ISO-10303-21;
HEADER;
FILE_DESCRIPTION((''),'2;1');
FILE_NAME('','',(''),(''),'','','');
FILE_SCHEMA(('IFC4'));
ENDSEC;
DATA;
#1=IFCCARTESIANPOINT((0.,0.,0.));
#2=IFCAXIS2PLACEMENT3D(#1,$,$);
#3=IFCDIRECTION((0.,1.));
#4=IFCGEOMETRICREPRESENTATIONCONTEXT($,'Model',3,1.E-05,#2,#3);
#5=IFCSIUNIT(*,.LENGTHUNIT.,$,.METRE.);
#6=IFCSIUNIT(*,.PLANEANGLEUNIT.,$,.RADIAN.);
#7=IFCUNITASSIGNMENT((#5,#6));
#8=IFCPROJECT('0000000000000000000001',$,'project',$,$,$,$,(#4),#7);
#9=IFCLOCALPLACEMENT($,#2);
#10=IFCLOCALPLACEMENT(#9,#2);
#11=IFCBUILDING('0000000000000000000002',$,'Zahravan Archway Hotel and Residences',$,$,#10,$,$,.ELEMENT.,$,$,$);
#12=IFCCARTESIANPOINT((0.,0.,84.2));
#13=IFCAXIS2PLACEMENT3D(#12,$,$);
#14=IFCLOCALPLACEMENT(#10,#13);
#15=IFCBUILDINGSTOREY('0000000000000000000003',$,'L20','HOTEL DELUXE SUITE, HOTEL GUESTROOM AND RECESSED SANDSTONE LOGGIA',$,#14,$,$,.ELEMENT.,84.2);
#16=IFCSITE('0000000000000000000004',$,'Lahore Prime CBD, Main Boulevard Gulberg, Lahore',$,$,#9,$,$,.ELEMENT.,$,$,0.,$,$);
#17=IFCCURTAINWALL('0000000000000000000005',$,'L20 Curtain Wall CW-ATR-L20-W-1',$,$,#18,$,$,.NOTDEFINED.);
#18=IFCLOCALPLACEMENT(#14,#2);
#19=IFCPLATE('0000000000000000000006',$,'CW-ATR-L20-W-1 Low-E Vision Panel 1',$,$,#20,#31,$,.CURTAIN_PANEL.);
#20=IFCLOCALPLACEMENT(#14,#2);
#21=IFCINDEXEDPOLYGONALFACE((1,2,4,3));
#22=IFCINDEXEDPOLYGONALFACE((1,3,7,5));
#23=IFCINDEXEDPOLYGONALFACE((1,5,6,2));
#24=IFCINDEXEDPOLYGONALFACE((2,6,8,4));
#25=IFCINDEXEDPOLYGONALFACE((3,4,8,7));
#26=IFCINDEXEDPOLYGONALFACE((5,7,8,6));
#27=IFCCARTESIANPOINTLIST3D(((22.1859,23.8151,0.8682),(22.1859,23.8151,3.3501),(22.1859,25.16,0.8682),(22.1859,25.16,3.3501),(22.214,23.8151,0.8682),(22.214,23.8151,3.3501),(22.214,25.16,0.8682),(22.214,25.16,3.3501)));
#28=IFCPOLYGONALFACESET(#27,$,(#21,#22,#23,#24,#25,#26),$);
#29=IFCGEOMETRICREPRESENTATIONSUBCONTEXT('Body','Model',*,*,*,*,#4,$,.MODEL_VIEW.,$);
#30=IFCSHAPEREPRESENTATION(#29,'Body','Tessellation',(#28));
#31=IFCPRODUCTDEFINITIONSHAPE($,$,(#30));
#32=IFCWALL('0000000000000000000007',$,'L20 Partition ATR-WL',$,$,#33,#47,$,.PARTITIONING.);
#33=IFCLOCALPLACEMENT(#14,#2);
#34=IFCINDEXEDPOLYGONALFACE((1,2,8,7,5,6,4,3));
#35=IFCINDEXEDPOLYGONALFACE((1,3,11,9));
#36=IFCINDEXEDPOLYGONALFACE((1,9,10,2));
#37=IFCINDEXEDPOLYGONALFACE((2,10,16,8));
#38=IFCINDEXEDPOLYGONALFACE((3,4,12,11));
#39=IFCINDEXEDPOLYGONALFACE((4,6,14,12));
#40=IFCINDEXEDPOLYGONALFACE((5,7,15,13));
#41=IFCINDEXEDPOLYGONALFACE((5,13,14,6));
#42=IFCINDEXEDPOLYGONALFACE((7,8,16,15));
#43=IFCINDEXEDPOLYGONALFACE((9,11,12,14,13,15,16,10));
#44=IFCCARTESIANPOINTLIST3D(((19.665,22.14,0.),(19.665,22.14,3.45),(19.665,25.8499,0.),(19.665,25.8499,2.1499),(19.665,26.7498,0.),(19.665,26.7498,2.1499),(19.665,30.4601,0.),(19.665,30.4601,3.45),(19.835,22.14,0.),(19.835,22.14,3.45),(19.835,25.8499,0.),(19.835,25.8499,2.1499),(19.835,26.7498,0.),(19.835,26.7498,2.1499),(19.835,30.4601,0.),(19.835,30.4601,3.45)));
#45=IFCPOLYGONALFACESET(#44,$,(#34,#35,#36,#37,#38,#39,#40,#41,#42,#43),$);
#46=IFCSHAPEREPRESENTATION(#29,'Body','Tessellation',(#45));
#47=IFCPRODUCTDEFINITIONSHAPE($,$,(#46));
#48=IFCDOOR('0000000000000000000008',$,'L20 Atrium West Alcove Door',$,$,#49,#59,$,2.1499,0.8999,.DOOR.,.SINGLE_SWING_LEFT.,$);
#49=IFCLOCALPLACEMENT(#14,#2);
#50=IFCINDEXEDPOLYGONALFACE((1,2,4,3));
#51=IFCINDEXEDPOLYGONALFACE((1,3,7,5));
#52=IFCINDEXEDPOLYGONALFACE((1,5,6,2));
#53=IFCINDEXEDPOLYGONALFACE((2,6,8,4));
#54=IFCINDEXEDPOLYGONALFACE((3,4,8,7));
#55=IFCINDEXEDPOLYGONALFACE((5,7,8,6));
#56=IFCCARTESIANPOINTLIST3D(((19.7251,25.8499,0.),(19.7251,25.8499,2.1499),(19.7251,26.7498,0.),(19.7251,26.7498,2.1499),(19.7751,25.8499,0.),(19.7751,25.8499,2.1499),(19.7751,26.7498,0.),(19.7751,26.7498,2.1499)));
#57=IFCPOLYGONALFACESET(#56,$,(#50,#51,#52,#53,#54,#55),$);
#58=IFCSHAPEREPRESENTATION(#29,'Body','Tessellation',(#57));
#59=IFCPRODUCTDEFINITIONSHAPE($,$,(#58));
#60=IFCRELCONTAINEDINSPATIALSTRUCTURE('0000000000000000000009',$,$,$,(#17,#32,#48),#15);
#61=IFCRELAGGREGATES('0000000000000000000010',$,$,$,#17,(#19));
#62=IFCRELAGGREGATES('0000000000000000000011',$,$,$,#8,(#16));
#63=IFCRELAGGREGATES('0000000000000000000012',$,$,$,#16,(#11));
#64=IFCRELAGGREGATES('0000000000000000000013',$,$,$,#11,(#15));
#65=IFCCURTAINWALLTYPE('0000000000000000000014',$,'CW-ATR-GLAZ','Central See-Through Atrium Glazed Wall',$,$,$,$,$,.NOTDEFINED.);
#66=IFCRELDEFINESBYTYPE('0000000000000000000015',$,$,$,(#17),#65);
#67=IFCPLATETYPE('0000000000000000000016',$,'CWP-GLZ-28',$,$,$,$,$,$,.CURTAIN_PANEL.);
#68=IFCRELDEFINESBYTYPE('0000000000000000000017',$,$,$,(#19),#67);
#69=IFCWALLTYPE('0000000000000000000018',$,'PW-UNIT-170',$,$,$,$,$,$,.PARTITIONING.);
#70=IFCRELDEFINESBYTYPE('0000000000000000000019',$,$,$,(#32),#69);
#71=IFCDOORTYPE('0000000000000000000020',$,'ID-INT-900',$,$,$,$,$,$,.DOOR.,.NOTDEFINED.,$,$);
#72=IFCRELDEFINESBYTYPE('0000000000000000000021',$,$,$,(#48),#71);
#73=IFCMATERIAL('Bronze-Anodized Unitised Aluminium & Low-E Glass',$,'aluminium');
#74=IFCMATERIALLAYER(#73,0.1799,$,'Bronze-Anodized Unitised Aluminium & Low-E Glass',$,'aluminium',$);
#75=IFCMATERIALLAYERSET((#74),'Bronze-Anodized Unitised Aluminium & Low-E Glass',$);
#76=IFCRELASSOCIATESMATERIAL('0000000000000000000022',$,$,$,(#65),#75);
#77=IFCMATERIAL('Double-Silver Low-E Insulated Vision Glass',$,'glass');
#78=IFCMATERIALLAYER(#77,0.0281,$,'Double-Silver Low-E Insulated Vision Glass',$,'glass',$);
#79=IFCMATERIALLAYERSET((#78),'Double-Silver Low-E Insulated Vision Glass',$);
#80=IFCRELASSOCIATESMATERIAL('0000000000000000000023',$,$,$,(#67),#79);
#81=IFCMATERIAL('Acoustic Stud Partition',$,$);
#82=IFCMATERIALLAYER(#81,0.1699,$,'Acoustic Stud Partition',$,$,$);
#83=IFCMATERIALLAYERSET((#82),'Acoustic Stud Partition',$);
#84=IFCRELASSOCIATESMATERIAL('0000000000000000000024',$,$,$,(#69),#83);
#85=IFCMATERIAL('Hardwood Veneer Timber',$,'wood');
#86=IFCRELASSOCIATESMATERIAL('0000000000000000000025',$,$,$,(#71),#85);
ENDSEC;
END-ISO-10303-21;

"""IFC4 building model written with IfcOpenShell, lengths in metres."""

from ifc_helpers import new_model, si_unit, direction, frame, frame_2d, origin, origin_2d, place, context, subcontext, project, spatial, rectangle, extrude, source, transform, mapped, material, layer, layer_set, type_object, type_shapes, element, fill, aggregate, save


model = new_model("IFC4")

# Units and contexts
model_context = context("Model", 3, precision=1e-05, world=origin(), true_north=direction((0.0, 1.0)))
body_context = subcontext(model_context, "Body", "Model", "MODEL_VIEW")
ifc_project = project(units=[si_unit("LENGTHUNIT", "METRE"), si_unit("PLANEANGLEUNIT", "RADIAN")], contexts=[model_context])

# Site, building, storey
site_placement = place(None, origin())
site = spatial("IfcSite", under=ifc_project, at=site_placement, Name="Lahore Prime CBD, Main Boulevard Gulberg, Lahore", CompositionType="ELEMENT", RefElevation=0.0)
building_placement = place(site_placement, origin())
building = spatial("IfcBuilding", under=site, at=building_placement, Name="Zahravan Archway Hotel and Residences", CompositionType="ELEMENT")
storey_placement = place(building_placement, frame((0.0, 0.0, 84.2)))
storey = spatial("IfcBuildingStorey", under=building, at=storey_placement, Name="L20", Description="HOTEL DELUXE SUITE, HOTEL GUESTROOM AND RECESSED SANDSTONE LOGGIA", CompositionType="ELEMENT", Elevation=84.2)

# Curtain wall
ifc_material_1 = material(Name="Bronze-Anodized Unitised Aluminium & Low-E Glass", Category="aluminium")
ifc_layer_1 = layer(ifc_material_1, 0.1799, Name="Bronze-Anodized Unitised Aluminium & Low-E Glass", Category="aluminium")
ifc_layer_set_1 = layer_set([ifc_layer_1], Name="Bronze-Anodized Unitised Aluminium & Low-E Glass")
curtain_wall_type = type_object("IfcCurtainWallType", Name="CW-ATR-GLAZ", Description="Central See-Through Atrium Glazed Wall", PredefinedType="NOTDEFINED", material=ifc_layer_set_1)
curtain_wall_1_placement = place(storey_placement, origin())
curtain_wall_1 = element("IfcCurtainWall", 1, at=curtain_wall_1_placement, inside=storey, type_object=curtain_wall_type, Name="L20 Curtain Wall CW-ATR-L20-W-1", PredefinedType="NOTDEFINED")

# Plate
ifc_material_2 = material(Name="Double-Silver Low-E Insulated Vision Glass", Category="glass")
ifc_layer_2 = layer(ifc_material_2, 0.0281, Name="Double-Silver Low-E Insulated Vision Glass", Category="glass")
ifc_layer_set_2 = layer_set([ifc_layer_2], Name="Double-Silver Low-E Insulated Vision Glass")
plate_type_1 = type_object("IfcPlateType", Name="CWP-GLZ-28", PredefinedType="CURTAIN_PANEL", material=ifc_layer_set_2)
shared_shape_1 = source(origin(), body_context, "Body", "SweptSolid", [
    extrude(rectangle(XDim=1.345, YDim=0.0281, at=origin_2d()), origin(), (0.0, 0.0, 1.0), 2.4819),
])
plate_1_placement = place(storey_placement, frame((22.2, 24.4875, 0.8682), z_axis=(0.0, 0.0, 1.0), x_axis=(0.0, 1.0, 0.0)))
plate_1 = element("IfcPlate", 2, at=plate_1_placement, type_object=plate_type_1, Name="CW-ATR-L20-W-1 Low-E Vision Panel 1", PredefinedType="CURTAIN_PANEL", context=body_context, shape_type="MappedRepresentation", body=[
    mapped(shared_shape_1, transform((0.0, 0.0, 0.0), scale=1.0)),
])
aggregate(curtain_wall_1, [plate_1])

# Wall, opening, door
ifc_material_3 = material(Name="Acoustic Stud Partition")
ifc_layer_3 = layer(ifc_material_3, 0.1699, Name="Acoustic Stud Partition")
ifc_layer_set_3 = layer_set([ifc_layer_3], Name="Acoustic Stud Partition")
wall_type = type_object("IfcWallType", Name="PW-UNIT-170", PredefinedType="PARTITIONING", material=ifc_layer_set_3)
wall_placement = place(storey_placement, frame((19.75, 22.1399, 0.0), z_axis=(0.0, 0.0, 1.0), x_axis=(0.0, 1.0, 0.0)))
wall = element("IfcWall", 3, at=wall_placement, inside=storey, type_object=wall_type, Name="L20 Partition ATR-WL", PredefinedType="PARTITIONING", context=body_context, shape_type="SweptSolid", body=[
    extrude(rectangle(XDim=8.3201, YDim=0.1699, at=frame_2d((4.1602, 0.0))), origin(), (0.0, 0.0, 1.0), 3.45),
])
opening_placement = place(wall_placement, frame((3.71, 0.0, 0.0)))
opening = element("IfcOpeningElement", 4, at=opening_placement, cuts=wall, PredefinedType="OPENING", context=body_context, shape_type="SweptSolid", body=[
    extrude(rectangle(XDim=0.8999, YDim=2.1499, at=frame_2d((0.45, 1.075))), frame((0.0, 0.095, 0.0), z_axis=(0.0, -1.0, 0.0), x_axis=(1.0, 0.0, 0.0)), (0.0, 0.0, 1.0), 0.1899),
])
ifc_material_4 = material(Name="Hardwood Veneer Timber", Category="wood")
door_type = type_object("IfcDoorType", Name="ID-INT-900", OperationType="NOTDEFINED", PredefinedType="DOOR", material=ifc_material_4)
shared_shape_2 = source(origin(), body_context, "Body", "SweptSolid", [
    extrude(rectangle(XDim=0.8999, YDim=2.1499, at=frame_2d((0.45, 1.075))), frame((0.0, 0.0249, 0.0), z_axis=(0.0, -1.0, 0.0), x_axis=(1.0, 0.0, 0.0)), (0.0, 0.0, 1.0), 0.05),
])
type_shapes(door_type, [shared_shape_2])
door_placement = place(opening_placement, origin())
door = element("IfcDoor", 5, at=door_placement, inside=storey, type_object=door_type, Name="L20 Atrium West Alcove Door", OperationType="SINGLE_SWING_LEFT", OverallHeight=2.1499, OverallWidth=0.8999, PredefinedType="DOOR", context=body_context, shape_type="MappedRepresentation", body=[
    mapped(shared_shape_2, transform((0.0, 0.0, 0.0), scale=1.0)),
])
fill(opening, door)

save(model, "model.ifc")
